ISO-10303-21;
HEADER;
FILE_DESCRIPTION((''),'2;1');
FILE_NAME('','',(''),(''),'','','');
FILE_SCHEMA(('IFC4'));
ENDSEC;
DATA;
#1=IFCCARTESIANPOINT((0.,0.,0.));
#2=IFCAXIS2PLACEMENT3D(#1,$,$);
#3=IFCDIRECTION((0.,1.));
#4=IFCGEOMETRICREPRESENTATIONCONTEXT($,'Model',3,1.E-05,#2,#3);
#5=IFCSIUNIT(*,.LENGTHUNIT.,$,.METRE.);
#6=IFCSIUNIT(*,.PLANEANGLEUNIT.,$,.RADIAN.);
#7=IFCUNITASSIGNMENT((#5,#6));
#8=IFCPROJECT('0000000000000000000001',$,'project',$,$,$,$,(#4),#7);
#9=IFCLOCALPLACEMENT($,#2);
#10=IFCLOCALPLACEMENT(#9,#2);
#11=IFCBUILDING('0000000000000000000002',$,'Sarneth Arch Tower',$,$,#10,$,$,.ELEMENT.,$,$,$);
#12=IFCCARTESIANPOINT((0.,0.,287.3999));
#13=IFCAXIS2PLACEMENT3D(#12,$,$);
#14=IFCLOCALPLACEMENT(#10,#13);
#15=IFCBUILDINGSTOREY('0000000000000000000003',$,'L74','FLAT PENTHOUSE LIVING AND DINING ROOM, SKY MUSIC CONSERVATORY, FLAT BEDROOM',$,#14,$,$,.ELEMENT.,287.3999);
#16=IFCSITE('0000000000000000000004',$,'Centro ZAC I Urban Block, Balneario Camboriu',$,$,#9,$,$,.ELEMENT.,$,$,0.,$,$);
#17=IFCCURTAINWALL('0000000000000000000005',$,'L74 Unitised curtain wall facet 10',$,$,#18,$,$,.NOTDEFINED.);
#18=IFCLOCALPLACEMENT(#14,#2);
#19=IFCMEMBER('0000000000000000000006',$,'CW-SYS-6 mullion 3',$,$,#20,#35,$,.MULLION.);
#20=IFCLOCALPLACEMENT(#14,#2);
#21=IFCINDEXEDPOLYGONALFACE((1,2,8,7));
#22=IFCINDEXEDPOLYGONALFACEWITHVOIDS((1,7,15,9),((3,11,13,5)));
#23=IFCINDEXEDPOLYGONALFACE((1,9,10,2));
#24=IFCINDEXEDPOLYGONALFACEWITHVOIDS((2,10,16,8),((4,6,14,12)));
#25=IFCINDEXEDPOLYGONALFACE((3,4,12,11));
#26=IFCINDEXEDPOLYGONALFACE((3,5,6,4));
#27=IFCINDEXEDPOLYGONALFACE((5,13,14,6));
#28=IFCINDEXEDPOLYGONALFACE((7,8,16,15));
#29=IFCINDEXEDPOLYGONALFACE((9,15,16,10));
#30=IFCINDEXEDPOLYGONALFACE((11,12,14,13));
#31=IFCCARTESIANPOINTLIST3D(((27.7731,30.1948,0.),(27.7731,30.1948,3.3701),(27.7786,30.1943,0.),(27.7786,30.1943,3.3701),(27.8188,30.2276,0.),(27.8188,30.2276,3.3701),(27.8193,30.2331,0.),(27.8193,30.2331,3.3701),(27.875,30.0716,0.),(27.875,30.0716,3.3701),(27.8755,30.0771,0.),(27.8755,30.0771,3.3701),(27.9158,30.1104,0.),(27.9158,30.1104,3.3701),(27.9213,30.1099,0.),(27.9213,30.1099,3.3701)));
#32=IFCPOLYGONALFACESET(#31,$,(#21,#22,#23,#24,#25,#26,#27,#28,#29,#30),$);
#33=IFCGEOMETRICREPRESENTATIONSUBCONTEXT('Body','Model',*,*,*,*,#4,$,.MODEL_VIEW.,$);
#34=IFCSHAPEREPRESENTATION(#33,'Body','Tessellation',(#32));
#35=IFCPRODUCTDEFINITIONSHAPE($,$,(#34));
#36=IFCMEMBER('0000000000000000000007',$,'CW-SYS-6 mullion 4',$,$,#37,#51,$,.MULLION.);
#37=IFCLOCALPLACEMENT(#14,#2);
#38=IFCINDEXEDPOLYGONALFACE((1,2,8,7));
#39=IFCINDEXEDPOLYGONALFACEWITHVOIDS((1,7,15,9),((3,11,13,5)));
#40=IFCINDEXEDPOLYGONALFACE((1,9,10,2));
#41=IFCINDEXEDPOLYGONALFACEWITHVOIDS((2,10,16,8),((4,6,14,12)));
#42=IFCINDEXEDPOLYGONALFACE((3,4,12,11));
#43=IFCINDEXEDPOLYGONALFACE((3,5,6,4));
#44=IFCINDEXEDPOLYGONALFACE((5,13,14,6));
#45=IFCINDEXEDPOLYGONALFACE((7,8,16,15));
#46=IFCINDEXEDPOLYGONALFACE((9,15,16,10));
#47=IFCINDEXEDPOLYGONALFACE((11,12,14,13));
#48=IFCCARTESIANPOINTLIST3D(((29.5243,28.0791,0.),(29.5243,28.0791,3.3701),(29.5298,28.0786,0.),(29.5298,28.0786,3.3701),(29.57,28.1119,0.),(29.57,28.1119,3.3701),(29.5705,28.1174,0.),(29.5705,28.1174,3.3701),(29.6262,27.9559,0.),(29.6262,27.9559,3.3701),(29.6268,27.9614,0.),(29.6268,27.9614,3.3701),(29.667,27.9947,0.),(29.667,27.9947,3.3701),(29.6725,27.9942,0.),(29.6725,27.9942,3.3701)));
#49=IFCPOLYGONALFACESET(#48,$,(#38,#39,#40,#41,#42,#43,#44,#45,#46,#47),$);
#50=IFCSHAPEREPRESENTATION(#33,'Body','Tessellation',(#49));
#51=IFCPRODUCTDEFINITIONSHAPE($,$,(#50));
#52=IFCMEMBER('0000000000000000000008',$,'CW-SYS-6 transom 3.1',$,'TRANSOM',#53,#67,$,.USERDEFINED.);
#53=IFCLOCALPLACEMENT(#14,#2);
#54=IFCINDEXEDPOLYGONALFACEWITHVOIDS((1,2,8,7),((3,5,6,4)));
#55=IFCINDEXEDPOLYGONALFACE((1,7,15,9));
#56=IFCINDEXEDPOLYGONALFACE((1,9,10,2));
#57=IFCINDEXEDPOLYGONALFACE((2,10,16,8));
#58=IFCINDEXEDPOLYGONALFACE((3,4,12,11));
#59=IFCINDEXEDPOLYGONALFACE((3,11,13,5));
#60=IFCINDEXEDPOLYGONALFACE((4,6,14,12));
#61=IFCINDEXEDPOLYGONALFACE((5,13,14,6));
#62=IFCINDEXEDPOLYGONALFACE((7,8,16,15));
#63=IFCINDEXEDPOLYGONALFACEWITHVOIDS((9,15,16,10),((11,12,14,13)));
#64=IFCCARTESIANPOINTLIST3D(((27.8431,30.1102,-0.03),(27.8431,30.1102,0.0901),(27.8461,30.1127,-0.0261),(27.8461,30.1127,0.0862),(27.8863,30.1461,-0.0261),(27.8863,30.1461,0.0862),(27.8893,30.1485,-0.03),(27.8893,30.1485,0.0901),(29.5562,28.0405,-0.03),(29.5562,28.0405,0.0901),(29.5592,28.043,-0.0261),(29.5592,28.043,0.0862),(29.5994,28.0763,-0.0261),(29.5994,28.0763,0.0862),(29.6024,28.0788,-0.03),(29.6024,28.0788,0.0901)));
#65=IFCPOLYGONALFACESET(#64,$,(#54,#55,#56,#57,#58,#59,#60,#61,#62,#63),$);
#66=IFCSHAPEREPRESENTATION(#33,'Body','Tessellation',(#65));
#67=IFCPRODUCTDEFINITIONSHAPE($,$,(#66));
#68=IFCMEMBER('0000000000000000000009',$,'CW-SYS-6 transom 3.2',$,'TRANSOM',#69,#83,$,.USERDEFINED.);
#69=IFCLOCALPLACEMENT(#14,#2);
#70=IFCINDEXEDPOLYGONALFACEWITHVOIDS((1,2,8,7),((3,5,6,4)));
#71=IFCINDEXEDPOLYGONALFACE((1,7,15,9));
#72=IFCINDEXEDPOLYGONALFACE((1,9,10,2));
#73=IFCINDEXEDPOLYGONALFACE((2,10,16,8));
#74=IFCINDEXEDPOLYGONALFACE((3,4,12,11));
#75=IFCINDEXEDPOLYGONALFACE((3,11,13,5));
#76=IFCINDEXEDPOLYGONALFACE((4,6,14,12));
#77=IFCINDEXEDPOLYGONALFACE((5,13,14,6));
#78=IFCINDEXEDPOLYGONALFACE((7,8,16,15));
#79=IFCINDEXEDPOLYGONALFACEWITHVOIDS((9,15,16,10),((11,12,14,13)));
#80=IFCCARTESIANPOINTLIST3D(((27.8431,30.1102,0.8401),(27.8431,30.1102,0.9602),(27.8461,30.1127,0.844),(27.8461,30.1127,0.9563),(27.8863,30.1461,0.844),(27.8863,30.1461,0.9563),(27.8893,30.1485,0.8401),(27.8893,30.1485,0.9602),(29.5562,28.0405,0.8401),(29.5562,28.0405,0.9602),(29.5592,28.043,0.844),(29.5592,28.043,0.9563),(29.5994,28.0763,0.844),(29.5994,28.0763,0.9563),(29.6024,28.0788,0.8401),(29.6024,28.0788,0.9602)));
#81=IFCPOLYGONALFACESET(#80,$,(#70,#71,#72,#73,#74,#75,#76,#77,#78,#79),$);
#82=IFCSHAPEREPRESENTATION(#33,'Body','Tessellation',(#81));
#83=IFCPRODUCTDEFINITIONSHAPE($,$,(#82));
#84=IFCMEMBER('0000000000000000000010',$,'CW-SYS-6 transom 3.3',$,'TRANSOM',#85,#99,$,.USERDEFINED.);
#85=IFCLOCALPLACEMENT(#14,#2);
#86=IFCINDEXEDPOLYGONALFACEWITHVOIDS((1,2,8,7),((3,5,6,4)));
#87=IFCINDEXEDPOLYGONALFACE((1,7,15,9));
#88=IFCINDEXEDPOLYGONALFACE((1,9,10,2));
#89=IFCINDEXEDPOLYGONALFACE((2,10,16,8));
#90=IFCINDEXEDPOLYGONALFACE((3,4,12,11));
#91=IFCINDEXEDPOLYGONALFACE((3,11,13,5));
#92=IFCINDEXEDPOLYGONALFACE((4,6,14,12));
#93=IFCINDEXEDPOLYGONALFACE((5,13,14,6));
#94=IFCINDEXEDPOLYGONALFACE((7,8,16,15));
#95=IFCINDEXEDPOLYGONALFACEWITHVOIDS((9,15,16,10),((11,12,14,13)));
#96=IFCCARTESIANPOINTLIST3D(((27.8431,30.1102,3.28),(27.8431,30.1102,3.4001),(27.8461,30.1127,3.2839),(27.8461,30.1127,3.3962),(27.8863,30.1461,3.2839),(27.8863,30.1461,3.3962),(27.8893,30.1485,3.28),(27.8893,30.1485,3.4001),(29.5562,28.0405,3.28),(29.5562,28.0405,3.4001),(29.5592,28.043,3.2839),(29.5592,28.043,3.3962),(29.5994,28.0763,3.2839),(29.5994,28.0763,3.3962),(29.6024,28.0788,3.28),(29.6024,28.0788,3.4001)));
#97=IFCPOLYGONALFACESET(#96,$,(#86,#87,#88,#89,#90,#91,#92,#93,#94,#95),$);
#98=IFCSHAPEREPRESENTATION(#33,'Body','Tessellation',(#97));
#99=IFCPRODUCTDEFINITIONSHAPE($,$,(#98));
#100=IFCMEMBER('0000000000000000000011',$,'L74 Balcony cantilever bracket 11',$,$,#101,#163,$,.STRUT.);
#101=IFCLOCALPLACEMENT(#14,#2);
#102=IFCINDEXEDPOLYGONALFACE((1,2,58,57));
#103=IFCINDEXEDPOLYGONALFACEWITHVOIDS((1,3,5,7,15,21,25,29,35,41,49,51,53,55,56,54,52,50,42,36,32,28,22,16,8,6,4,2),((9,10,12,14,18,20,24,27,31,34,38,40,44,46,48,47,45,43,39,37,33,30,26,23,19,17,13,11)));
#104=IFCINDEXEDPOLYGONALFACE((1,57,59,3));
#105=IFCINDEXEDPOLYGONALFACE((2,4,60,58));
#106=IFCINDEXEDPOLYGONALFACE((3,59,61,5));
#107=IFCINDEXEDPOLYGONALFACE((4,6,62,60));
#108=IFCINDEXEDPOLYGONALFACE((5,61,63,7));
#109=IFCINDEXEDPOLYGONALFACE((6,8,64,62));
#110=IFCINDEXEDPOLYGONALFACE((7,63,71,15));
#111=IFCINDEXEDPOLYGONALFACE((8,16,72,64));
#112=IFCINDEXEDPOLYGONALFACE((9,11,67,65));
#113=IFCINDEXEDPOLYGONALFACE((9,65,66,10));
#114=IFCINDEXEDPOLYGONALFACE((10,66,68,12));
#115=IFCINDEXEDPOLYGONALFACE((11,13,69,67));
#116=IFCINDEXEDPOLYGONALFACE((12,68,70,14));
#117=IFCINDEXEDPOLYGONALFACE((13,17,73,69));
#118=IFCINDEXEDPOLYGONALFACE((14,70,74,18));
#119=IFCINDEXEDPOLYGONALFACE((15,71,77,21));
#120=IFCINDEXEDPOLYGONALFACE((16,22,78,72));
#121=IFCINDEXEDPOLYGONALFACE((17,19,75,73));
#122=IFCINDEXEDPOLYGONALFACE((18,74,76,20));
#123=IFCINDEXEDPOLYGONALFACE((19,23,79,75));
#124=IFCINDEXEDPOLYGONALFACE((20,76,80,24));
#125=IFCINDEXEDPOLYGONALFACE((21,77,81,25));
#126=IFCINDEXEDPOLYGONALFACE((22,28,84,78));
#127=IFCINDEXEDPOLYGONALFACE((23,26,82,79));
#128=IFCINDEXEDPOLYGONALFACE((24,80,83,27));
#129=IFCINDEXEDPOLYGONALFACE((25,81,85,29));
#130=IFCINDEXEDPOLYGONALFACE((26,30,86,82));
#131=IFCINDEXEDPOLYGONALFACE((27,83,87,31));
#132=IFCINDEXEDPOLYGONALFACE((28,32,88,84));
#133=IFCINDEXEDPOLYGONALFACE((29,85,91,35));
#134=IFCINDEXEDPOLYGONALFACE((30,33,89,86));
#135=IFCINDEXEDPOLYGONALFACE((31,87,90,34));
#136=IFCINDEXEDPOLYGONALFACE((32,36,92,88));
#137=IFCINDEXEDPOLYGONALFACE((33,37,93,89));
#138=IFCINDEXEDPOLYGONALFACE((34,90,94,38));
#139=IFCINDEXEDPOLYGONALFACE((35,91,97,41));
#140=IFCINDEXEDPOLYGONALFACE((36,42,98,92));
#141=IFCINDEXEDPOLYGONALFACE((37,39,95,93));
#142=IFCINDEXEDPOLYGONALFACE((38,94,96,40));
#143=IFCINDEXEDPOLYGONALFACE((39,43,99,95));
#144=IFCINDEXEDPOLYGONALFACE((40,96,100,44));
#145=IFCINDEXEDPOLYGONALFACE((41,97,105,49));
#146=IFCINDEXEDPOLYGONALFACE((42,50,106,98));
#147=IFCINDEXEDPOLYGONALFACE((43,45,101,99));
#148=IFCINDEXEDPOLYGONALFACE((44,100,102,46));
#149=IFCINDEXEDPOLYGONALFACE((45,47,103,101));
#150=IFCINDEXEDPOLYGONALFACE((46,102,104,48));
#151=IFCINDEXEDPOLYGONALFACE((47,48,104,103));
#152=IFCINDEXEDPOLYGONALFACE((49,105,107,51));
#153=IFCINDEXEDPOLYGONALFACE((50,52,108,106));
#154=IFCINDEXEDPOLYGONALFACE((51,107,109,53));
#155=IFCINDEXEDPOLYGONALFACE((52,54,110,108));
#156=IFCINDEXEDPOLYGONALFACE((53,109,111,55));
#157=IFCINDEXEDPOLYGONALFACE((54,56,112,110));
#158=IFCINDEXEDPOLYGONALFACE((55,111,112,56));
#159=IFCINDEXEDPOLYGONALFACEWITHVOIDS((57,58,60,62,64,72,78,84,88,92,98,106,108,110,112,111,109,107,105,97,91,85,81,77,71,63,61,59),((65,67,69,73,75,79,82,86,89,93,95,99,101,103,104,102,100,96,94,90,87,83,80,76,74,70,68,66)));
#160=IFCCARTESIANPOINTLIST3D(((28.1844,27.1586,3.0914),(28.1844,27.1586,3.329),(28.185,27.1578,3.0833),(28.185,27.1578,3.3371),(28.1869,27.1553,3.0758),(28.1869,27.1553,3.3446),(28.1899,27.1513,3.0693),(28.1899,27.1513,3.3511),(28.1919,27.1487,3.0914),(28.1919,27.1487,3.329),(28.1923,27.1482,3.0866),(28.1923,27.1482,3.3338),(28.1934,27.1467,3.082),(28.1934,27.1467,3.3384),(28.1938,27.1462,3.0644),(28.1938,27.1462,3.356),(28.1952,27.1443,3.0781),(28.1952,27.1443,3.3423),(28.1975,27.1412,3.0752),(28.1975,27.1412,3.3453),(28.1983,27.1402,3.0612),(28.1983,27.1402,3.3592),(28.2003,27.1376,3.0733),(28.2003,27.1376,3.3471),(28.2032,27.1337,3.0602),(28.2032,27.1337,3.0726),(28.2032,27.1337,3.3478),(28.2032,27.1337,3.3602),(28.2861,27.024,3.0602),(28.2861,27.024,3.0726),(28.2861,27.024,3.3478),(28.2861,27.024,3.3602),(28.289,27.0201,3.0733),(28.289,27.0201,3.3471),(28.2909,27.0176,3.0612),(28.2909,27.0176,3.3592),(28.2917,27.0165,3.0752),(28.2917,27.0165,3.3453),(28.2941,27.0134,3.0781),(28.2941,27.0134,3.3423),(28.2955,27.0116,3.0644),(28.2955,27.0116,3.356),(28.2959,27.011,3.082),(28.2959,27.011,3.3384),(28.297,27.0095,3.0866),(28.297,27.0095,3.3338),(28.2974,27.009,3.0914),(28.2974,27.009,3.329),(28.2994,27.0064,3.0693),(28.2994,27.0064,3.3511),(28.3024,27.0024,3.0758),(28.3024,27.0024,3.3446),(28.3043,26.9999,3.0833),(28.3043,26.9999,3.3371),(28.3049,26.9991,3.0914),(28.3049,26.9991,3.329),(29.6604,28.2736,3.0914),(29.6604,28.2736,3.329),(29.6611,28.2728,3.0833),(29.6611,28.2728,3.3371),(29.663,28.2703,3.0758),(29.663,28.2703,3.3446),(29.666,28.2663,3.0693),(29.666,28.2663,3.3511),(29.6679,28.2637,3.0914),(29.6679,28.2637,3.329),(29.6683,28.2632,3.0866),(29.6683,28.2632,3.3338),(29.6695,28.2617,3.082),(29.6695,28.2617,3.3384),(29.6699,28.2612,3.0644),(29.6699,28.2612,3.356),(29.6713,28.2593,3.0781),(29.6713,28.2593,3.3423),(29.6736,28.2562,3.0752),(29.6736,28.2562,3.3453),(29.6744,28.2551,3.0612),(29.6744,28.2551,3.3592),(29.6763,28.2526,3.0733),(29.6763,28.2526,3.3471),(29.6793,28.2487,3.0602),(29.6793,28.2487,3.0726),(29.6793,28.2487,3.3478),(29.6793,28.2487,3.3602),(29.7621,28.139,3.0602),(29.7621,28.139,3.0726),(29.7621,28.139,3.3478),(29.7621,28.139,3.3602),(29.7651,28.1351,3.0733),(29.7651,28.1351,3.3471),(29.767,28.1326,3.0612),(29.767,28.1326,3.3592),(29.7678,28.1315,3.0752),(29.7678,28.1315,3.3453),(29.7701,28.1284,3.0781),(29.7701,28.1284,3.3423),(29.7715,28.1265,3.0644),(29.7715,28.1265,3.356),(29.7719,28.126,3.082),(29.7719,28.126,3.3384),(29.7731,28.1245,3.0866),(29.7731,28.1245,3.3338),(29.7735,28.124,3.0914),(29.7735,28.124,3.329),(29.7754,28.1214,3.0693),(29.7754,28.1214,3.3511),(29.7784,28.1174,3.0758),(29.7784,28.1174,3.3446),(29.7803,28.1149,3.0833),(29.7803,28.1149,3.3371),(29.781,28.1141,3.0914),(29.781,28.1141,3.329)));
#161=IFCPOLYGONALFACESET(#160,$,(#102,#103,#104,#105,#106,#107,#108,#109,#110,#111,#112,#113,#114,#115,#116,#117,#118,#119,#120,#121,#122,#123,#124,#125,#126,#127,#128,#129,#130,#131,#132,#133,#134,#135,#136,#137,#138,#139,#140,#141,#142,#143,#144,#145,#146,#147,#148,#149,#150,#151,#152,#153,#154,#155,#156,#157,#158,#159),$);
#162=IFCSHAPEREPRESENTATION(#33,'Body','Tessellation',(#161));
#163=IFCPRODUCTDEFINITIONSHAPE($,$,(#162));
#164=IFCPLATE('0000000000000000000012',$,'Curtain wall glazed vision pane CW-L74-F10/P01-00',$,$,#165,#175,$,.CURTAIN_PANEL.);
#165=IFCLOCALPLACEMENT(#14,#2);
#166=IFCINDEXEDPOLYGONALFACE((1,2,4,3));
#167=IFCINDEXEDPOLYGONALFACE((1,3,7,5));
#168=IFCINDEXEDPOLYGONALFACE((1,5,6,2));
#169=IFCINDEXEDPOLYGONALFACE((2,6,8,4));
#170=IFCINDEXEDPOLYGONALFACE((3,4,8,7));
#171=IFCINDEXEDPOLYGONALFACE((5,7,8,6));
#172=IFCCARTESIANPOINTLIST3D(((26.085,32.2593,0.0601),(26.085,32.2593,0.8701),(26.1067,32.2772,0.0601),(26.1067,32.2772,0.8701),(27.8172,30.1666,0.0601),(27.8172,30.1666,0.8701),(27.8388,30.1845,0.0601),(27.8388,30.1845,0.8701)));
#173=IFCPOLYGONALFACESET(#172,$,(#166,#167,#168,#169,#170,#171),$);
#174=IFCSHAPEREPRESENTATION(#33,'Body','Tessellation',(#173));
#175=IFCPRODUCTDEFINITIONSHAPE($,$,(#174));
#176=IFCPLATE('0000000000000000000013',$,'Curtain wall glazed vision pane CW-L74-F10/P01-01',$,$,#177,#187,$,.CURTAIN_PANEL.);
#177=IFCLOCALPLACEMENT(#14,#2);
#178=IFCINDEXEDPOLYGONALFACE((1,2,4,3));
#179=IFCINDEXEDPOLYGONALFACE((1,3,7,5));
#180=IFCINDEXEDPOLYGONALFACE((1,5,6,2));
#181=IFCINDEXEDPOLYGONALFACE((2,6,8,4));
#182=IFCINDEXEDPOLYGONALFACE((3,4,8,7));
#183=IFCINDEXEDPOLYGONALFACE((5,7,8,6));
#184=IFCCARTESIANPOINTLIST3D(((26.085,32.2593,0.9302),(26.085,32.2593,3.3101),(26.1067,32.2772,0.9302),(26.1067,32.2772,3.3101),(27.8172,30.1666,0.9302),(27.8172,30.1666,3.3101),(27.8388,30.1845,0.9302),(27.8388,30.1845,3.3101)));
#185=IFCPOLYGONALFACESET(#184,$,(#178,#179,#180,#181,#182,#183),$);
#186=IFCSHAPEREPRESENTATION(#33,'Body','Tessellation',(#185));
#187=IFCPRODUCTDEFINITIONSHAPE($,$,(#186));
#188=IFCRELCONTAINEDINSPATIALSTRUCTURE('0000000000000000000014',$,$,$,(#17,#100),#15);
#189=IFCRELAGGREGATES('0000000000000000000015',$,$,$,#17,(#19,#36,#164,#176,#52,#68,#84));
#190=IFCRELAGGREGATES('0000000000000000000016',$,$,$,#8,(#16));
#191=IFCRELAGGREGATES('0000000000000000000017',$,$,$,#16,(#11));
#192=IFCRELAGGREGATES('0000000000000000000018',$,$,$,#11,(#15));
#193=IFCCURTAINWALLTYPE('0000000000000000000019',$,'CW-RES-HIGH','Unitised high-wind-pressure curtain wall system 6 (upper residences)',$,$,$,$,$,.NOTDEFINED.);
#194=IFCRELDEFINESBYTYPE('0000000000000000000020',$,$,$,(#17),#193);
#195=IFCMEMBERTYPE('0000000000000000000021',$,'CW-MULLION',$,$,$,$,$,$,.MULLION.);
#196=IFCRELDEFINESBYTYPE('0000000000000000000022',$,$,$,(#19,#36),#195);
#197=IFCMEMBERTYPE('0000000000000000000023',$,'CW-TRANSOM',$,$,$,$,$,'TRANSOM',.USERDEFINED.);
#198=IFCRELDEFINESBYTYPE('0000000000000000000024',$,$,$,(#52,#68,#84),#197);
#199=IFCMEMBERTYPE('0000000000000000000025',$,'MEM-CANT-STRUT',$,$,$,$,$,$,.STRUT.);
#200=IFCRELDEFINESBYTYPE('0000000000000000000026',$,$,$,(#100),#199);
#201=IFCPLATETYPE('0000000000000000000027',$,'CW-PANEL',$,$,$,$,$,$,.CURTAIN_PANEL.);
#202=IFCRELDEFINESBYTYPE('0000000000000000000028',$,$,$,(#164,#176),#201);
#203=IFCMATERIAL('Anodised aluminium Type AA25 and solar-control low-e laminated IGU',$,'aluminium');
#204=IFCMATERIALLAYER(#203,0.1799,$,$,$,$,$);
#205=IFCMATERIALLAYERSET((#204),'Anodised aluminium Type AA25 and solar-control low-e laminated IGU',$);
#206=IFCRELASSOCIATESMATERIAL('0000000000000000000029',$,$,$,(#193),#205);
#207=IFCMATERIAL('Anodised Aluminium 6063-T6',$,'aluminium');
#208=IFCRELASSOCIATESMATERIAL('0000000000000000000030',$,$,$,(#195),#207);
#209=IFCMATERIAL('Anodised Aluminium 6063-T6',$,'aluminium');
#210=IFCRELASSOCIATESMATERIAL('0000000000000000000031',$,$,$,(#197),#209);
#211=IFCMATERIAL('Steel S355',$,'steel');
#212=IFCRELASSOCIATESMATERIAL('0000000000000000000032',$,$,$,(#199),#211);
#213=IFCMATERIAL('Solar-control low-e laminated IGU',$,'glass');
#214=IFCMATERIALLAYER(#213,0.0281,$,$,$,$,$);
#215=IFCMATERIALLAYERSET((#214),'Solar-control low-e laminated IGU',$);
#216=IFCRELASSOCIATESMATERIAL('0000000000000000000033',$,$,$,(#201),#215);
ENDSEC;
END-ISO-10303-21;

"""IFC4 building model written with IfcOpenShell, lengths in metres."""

from ifc_helpers import new_model, si_unit, direction, frame, origin, origin_2d, place, context, subcontext, project, spatial, rectangle, hollow_rectangle, extrude, material, layer, layer_set, material_profile, profile_set, type_object, element, aggregate, save


model = new_model("IFC4")

# Units and contexts
model_context = context("Model", 3, precision=1e-05, world=origin(), true_north=direction((0.0, 1.0)))
body_context = subcontext(model_context, "Body", "Model", "MODEL_VIEW")
ifc_project = project(units=[si_unit("LENGTHUNIT", "METRE"), si_unit("PLANEANGLEUNIT", "RADIAN")], contexts=[model_context])

# Site, building, storey
site_placement = place(None, origin())
site = spatial("IfcSite", under=ifc_project, at=site_placement, Name="Centro ZAC I Urban Block, Balneario Camboriu", CompositionType="ELEMENT", RefElevation=0.0)
building_placement = place(site_placement, origin())
building = spatial("IfcBuilding", under=site, at=building_placement, Name="Sarneth Arch Tower", CompositionType="ELEMENT")
storey_placement = place(building_placement, frame((0.0, 0.0, 287.3999)))
storey = spatial("IfcBuildingStorey", under=building, at=storey_placement, Name="L74", Description="FLAT PENTHOUSE LIVING AND DINING ROOM, SKY MUSIC CONSERVATORY, FLAT BEDROOM", CompositionType="ELEMENT", Elevation=287.3999)

# Curtain wall, members
ifc_material_1 = material(Name="Anodised aluminium Type AA25 and solar-control low-e laminated IGU", Category="aluminium")
ifc_layer_1 = layer(ifc_material_1, 0.1799)
ifc_layer_set_1 = layer_set([ifc_layer_1], Name="Anodised aluminium Type AA25 and solar-control low-e laminated IGU")
curtain_wall_type = type_object("IfcCurtainWallType", Name="CW-RES-HIGH", Description="Unitised high-wind-pressure curtain wall system 6 (upper residences)", PredefinedType="NOTDEFINED", material=ifc_layer_set_1)
curtain_wall_placement = place(storey_placement, origin())
curtain_wall = element("IfcCurtainWall", 1, at=curtain_wall_placement, inside=storey, type_object=curtain_wall_type, Name="L74 Unitised curtain wall facet 10", PredefinedType="NOTDEFINED")
ifc_material_2 = material(Name="Anodised Aluminium 6063-T6", Category="aluminium")
ifc_material_profile_1 = material_profile(ifc_material_2, hollow_rectangle(XDim=0.0601, YDim=0.1599, WallThickness=0.0039, at=origin_2d()), Name="AL-MULL-160x60x4")
ifc_profile_set_1 = profile_set([ifc_material_profile_1], Name="Anodised Aluminium 6063-T6")
member_type_1 = type_object("IfcMemberType", Name="CW-MULLION", PredefinedType="MULLION", material=ifc_profile_set_1)
member_1_placement = place(storey_placement, frame((27.8472, 30.1523, 0.0), z_axis=(0.0, 0.0, 1.0), x_axis=(0.770359, 0.63761, 0.0)))
member_1 = element("IfcMember", 2, at=member_1_placement, type_object=member_type_1, Name="CW-SYS-6 mullion 3", PredefinedType="MULLION", context=body_context, shape_type="SweptSolid", body=[
    extrude(hollow_rectangle(XDim=0.0601, YDim=0.1599, WallThickness=0.0039, at=origin_2d()), origin(), (0.0, 0.0, 1.0), 3.3701),
])
member_2_placement = place(storey_placement, frame((29.5984, 28.0366, 0.0), z_axis=(0.0, 0.0, 1.0), x_axis=(0.770359, 0.63761, 0.0)))
member_2 = element("IfcMember", 3, at=member_2_placement, type_object=member_type_1, Name="CW-SYS-6 mullion 4", PredefinedType="MULLION", context=body_context, shape_type="SweptSolid", body=[
    extrude(hollow_rectangle(XDim=0.0601, YDim=0.1599, WallThickness=0.0039, at=origin_2d()), origin(), (0.0, 0.0, 1.0), 3.3701),
])
ifc_material_3 = material(Name="Anodised Aluminium 6063-T6", Category="aluminium")
ifc_material_profile_2 = material_profile(ifc_material_3, hollow_rectangle(XDim=0.0601, YDim=0.1201, WallThickness=0.0039, at=origin_2d()), Name="AL-TRAN-120x60x4")
ifc_profile_set_2 = profile_set([ifc_material_profile_2], Name="Anodised Aluminium 6063-T6")
member_type_2 = type_object("IfcMemberType", Name="CW-TRANSOM", ElementType="TRANSOM", PredefinedType="USERDEFINED", material=ifc_profile_set_2)
member_3_placement = place(storey_placement, frame((27.8662, 30.1294, 0.03), z_axis=(0.637607, -0.770362, 0.0), x_axis=(0.770362, 0.637607, 0.0)))
member_3 = element("IfcMember", 4, at=member_3_placement, type_object=member_type_2, Name="CW-SYS-6 transom 3.1", ObjectType="TRANSOM", PredefinedType="USERDEFINED", context=body_context, shape_type="SweptSolid", body=[
    extrude(hollow_rectangle(XDim=0.0601, YDim=0.1201, WallThickness=0.0039, at=origin_2d()), origin(), (0.0, 0.0, 1.0), 2.6868),
])
member_4_placement = place(storey_placement, frame((27.8662, 30.1294, 0.9001), z_axis=(0.637607, -0.770362, 0.0), x_axis=(0.770362, 0.637607, 0.0)))
member_4 = element("IfcMember", 5, at=member_4_placement, type_object=member_type_2, Name="CW-SYS-6 transom 3.2", ObjectType="TRANSOM", PredefinedType="USERDEFINED", context=body_context, shape_type="SweptSolid", body=[
    extrude(hollow_rectangle(XDim=0.0601, YDim=0.1201, WallThickness=0.0039, at=origin_2d()), origin(), (0.0, 0.0, 1.0), 2.6868),
])
member_5_placement = place(storey_placement, frame((27.8662, 30.1294, 3.3401), z_axis=(0.637607, -0.770362, 0.0), x_axis=(0.770362, 0.637607, 0.0)))
member_5 = element("IfcMember", 6, at=member_5_placement, type_object=member_type_2, Name="CW-SYS-6 transom 3.3", ObjectType="TRANSOM", PredefinedType="USERDEFINED", context=body_context, shape_type="SweptSolid", body=[
    extrude(hollow_rectangle(XDim=0.0601, YDim=0.1201, WallThickness=0.0039, at=origin_2d()), origin(), (0.0, 0.0, 1.0), 2.6868),
])

# Member
ifc_material_4 = material(Name="Steel S355", Category="steel")
ifc_material_profile_3 = material_profile(ifc_material_4, hollow_rectangle(XDim=0.2, YDim=0.3, WallThickness=0.0125, InnerFilletRadius=0.0188, OuterFilletRadius=0.0312, at=origin_2d()), Name="RHS300x200x12.5")
ifc_profile_set_3 = profile_set([ifc_material_profile_3], Name="Steel S355")
member_type_3 = type_object("IfcMemberType", Name="MEM-CANT-STRUT", PredefinedType="STRUT", material=ifc_profile_set_3)
member_6_placement = place(storey_placement, frame((29.7207, 28.1938, 3.2102), z_axis=(-0.797936, -0.602742, 0.0), x_axis=(0.602742, -0.797936, 0.0)))
element("IfcMember", 7, at=member_6_placement, inside=storey, type_object=member_type_3, Name="L74 Balcony cantilever bracket 11", PredefinedType="STRUT", context=body_context, shape_type="SweptSolid", body=[
    extrude(hollow_rectangle(XDim=0.2, YDim=0.3, WallThickness=0.0125, InnerFilletRadius=0.0188, OuterFilletRadius=0.0312, at=origin_2d()), origin(), (0.0, 0.0, 1.0), 1.8499),
])

# Plates
ifc_material_5 = material(Name="Solar-control low-e laminated IGU", Category="glass")
ifc_layer_2 = layer(ifc_material_5, 0.0281)
ifc_layer_set_2 = layer_set([ifc_layer_2], Name="Solar-control low-e laminated IGU")
plate_type_1 = type_object("IfcPlateType", Name="CW-PANEL", PredefinedType="CURTAIN_PANEL", material=ifc_layer_set_2)
plate_1_placement = place(storey_placement, frame((26.9619, 31.2219, 0.0601), z_axis=(0.0, 0.0, 1.0), x_axis=(0.63761, -0.770359, 0.0)))
plate_1 = element("IfcPlate", 8, at=plate_1_placement, type_object=plate_type_1, Name="Curtain wall glazed vision pane CW-L74-F10/P01-00", PredefinedType="CURTAIN_PANEL", context=body_context, shape_type="SweptSolid", body=[
    extrude(rectangle(XDim=2.7166, YDim=0.0281, at=origin_2d()), origin(), (0.0, 0.0, 1.0), 0.8101),
])
plate_2_placement = place(storey_placement, frame((26.9619, 31.2219, 0.9302), z_axis=(0.0, 0.0, 1.0), x_axis=(0.63761, -0.770359, 0.0)))
plate_2 = element("IfcPlate", 9, at=plate_2_placement, type_object=plate_type_1, Name="Curtain wall glazed vision pane CW-L74-F10/P01-01", PredefinedType="CURTAIN_PANEL", context=body_context, shape_type="SweptSolid", body=[
    extrude(rectangle(XDim=2.7166, YDim=0.0281, at=origin_2d()), origin(), (0.0, 0.0, 1.0), 2.3799),
])
aggregate(curtain_wall, [member_1, member_2, plate_1, plate_2, member_3, member_4, member_5])

save(model, "model.ifc")
